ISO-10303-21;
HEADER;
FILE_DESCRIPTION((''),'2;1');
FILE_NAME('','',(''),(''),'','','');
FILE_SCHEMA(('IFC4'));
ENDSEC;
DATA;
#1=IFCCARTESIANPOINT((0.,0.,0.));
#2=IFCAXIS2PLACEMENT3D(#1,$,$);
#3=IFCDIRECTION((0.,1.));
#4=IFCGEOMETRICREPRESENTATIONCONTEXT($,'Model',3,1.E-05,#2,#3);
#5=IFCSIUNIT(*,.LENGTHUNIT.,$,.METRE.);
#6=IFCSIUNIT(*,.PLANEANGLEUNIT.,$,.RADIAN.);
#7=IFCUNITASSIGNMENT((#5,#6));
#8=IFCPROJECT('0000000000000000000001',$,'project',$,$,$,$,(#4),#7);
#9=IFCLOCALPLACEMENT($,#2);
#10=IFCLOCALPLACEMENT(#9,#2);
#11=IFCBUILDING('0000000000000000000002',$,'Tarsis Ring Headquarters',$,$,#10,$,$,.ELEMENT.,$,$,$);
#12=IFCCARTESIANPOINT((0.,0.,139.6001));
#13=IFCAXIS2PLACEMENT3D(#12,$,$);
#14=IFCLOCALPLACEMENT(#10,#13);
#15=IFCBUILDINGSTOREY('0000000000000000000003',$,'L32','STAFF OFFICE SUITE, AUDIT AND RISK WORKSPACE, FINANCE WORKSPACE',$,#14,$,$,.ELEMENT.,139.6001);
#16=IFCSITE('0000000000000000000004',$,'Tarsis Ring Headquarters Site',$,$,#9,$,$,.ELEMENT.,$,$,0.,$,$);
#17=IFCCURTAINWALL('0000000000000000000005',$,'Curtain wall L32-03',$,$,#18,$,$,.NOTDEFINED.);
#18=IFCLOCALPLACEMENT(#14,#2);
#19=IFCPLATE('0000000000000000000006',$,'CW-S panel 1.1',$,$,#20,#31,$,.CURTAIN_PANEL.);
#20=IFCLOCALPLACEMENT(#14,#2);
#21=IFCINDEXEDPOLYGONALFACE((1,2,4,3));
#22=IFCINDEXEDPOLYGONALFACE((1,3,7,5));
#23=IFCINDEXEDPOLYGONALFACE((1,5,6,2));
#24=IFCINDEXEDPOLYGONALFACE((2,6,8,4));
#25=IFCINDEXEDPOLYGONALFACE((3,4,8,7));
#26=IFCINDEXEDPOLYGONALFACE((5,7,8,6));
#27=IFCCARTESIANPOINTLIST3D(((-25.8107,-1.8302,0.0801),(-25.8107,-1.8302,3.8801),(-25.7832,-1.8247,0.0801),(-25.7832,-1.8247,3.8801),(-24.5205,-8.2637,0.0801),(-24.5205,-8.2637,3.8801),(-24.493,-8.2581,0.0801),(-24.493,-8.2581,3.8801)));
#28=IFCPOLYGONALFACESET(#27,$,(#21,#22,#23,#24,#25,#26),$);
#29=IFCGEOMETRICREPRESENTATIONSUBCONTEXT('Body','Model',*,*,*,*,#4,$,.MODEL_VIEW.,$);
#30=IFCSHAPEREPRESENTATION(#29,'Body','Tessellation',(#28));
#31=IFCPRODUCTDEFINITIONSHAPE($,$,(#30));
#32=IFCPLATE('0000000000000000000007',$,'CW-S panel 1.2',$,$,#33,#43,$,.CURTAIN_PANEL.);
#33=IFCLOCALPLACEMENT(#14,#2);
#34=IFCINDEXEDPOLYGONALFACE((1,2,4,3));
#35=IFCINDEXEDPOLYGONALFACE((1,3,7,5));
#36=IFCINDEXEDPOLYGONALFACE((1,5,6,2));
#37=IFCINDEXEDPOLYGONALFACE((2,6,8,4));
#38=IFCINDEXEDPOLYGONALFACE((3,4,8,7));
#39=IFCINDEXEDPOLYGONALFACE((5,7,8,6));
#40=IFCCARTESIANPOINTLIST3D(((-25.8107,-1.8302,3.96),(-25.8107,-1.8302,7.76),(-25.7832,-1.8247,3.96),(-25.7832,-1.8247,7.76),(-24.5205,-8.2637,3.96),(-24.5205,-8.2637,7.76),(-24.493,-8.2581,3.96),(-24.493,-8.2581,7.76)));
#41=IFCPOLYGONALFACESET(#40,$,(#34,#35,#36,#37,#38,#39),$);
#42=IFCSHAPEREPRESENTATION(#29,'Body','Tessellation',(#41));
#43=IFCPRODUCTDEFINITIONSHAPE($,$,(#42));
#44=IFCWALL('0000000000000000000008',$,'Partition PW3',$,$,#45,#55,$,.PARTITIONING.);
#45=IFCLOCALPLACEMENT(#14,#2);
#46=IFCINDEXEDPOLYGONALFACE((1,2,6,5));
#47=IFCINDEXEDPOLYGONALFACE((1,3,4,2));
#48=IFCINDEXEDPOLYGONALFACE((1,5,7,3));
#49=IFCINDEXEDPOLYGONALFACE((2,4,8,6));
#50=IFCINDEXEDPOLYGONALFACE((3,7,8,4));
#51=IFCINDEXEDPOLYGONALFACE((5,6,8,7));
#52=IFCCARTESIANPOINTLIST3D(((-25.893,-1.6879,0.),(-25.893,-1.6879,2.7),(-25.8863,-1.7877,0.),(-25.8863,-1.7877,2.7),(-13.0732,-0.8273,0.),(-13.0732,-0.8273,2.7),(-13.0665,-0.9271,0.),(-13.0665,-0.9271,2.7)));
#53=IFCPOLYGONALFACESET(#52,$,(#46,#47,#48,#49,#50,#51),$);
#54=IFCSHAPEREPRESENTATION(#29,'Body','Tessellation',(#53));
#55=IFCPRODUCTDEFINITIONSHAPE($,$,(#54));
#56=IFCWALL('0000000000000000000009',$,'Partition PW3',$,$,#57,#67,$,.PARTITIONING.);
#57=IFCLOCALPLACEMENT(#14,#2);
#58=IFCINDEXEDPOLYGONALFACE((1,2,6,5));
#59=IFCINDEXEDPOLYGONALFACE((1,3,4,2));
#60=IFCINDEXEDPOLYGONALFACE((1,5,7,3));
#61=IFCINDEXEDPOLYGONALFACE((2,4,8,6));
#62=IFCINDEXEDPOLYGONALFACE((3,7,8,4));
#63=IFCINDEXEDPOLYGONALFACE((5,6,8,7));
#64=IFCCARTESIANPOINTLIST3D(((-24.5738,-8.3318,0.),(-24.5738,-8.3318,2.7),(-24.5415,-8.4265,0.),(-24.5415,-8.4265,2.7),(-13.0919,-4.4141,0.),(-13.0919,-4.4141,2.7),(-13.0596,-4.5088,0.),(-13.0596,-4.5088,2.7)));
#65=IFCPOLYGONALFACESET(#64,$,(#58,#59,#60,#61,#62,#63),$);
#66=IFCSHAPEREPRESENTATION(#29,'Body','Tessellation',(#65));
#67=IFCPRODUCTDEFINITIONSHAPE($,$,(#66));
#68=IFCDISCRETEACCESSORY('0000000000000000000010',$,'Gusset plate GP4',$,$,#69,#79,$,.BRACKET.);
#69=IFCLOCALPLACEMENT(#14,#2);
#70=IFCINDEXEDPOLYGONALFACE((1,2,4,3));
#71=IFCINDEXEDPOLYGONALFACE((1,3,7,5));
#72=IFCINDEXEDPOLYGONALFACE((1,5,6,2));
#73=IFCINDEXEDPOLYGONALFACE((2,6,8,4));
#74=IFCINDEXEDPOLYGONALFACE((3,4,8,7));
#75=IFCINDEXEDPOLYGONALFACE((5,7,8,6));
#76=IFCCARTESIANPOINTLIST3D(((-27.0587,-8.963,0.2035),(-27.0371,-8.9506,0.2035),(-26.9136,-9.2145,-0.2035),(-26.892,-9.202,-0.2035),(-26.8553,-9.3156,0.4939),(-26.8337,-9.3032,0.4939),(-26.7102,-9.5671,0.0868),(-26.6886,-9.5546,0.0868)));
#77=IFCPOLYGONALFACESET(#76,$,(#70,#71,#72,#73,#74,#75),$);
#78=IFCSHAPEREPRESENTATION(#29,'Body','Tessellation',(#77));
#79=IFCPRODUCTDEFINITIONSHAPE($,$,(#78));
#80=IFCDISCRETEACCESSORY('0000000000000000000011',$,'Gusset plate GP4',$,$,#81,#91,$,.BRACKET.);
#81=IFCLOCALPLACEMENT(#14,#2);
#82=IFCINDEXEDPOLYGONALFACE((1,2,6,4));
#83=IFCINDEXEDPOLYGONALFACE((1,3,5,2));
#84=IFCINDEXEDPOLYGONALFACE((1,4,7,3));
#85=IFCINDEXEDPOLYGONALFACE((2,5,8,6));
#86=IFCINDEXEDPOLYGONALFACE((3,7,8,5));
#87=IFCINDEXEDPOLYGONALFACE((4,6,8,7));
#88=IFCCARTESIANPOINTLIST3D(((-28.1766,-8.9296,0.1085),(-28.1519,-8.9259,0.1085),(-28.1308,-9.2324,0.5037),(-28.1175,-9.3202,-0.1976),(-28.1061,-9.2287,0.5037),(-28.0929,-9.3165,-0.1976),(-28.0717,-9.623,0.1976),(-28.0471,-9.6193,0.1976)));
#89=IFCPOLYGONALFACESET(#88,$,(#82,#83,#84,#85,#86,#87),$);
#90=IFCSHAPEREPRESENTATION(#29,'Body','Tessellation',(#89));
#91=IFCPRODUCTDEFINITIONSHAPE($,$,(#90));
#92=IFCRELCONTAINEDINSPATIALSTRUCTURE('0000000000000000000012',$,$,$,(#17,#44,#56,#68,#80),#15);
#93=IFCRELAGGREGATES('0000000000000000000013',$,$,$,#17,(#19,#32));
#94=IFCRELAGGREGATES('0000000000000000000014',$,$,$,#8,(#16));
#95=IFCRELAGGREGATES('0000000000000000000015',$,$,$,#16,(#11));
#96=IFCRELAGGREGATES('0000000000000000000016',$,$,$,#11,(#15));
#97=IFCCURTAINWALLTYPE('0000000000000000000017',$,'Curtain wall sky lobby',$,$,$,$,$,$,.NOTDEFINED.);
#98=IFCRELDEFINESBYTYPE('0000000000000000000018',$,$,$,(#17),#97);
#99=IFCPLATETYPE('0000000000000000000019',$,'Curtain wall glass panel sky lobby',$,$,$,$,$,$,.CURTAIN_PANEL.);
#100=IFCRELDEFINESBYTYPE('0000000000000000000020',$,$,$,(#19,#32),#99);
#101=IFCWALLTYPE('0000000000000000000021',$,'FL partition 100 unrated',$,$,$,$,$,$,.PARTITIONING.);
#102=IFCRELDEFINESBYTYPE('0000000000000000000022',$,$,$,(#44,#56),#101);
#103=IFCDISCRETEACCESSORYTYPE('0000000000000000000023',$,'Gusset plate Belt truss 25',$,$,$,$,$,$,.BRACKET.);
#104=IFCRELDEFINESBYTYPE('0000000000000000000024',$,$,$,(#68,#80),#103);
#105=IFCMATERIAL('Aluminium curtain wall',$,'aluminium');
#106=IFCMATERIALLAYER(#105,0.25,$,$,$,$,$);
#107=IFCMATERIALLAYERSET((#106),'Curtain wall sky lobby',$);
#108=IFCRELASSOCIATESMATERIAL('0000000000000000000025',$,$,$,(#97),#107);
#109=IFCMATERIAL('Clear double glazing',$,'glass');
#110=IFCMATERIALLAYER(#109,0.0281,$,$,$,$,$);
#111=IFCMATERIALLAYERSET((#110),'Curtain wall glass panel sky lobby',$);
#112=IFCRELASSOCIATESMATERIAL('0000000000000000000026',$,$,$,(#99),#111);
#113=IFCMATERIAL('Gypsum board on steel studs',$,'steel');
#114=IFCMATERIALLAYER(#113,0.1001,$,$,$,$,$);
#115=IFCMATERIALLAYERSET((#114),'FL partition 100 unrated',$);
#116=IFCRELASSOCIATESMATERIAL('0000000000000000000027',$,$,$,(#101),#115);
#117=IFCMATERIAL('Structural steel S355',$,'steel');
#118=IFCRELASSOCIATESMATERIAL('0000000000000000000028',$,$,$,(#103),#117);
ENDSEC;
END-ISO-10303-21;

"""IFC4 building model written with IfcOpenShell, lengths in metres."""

from ifc_helpers import new_model, si_unit, direction, frame, frame_2d, origin, origin_2d, place, context, subcontext, project, spatial, rectangle, extrude, material, layer, layer_set, material_profile, profile_set, type_object, element, aggregate, save


model = new_model("IFC4")

# Units and contexts
model_context = context("Model", 3, precision=1e-05, world=origin(), true_north=direction((0.0, 1.0)))
body_context = subcontext(model_context, "Body", "Model", "MODEL_VIEW")
ifc_project = project(units=[si_unit("LENGTHUNIT", "METRE"), si_unit("PLANEANGLEUNIT", "RADIAN")], contexts=[model_context])

# Site, building, storey
site_placement = place(None, origin())
site = spatial("IfcSite", under=ifc_project, at=site_placement, Name="Tarsis Ring Headquarters Site", CompositionType="ELEMENT", RefElevation=0.0)
building_placement = place(site_placement, origin())
building = spatial("IfcBuilding", under=site, at=building_placement, Name="Tarsis Ring Headquarters", CompositionType="ELEMENT")
storey_placement = place(building_placement, frame((0.0, 0.0, 139.6001)))
storey = spatial("IfcBuildingStorey", under=building, at=storey_placement, Name="L32", Description="STAFF OFFICE SUITE, AUDIT AND RISK WORKSPACE, FINANCE WORKSPACE", CompositionType="ELEMENT", Elevation=139.6001)

# Shared definitions
ifc_material_1 = material(Name="Structural steel S355", Category="steel")

# Shared definitions
ifc_material_2 = material(Name="Aluminium curtain wall", Category="aluminium")
ifc_layer_1 = layer(ifc_material_2, 0.25)
ifc_layer_set_1 = layer_set([ifc_layer_1], Name="Curtain wall sky lobby")
curtain_wall_type = type_object("IfcCurtainWallType", Name="Curtain wall sky lobby", PredefinedType="NOTDEFINED", material=ifc_layer_set_1)

# Curtain wall
curtain_wall_1_placement = place(storey_placement, origin())
curtain_wall_1 = element("IfcCurtainWall", 1, at=curtain_wall_1_placement, inside=storey, type_object=curtain_wall_type, Name="Curtain wall L32-03", PredefinedType="NOTDEFINED")

# Plates
ifc_material_3 = material(Name="Clear double glazing", Category="glass")
ifc_layer_2 = layer(ifc_material_3, 0.0281)
ifc_layer_set_2 = layer_set([ifc_layer_2], Name="Curtain wall glass panel sky lobby")
plate_type = type_object("IfcPlateType", Name="Curtain wall glass panel sky lobby", PredefinedType="CURTAIN_PANEL", material=ifc_layer_set_2)
plate_1_placement = place(storey_placement, frame((-25.1519, -5.0442, 0.0801), z_axis=(0.0, 0.0, 1.0), x_axis=(0.196631, -0.980478, 0.0)))
plate_1 = element("IfcPlate", 2, at=plate_1_placement, type_object=plate_type, Name="CW-S panel 1.1", PredefinedType="CURTAIN_PANEL", context=body_context, shape_type="SweptSolid", body=[
    extrude(rectangle(XDim=6.5615, YDim=0.0281, at=origin_2d()), origin(), (0.0, 0.0, 1.0), 3.8),
])
plate_2_placement = place(storey_placement, frame((-25.1519, -5.0442, 3.96), z_axis=(0.0, 0.0, 1.0), x_axis=(0.196631, -0.980478, 0.0)))
plate_2 = element("IfcPlate", 3, at=plate_2_placement, type_object=plate_type, Name="CW-S panel 1.2", PredefinedType="CURTAIN_PANEL", context=body_context, shape_type="SweptSolid", body=[
    extrude(rectangle(XDim=6.5615, YDim=0.0281, at=origin_2d()), origin(), (0.0, 0.0, 1.0), 3.8),
])
aggregate(curtain_wall_1, [plate_1, plate_2])

# Walls
ifc_material_4 = material(Name="Gypsum board on steel studs", Category="steel")
ifc_layer_3 = layer(ifc_material_4, 0.1001)
ifc_layer_set_3 = layer_set([ifc_layer_3], Name="FL partition 100 unrated")
wall_type = type_object("IfcWallType", Name="FL partition 100 unrated", PredefinedType="PARTITIONING", material=ifc_layer_set_3)
wall_1_placement = place(storey_placement, frame((-25.8896, -1.7378, 0.0), z_axis=(0.0, 0.0, 1.0), x_axis=(0.997754, 0.066979, 0.0)))
element("IfcWall", 4, at=wall_1_placement, inside=storey, type_object=wall_type, Name="Partition PW3", PredefinedType="PARTITIONING", context=body_context, shape_type="SweptSolid", body=[
    extrude(rectangle(XDim=12.8486, YDim=0.1001, at=frame_2d((6.4243, 0.0))), origin(), (0.0, 0.0, 1.0), 2.7),
])
wall_2_placement = place(storey_placement, frame((-24.5576, -8.3792, 0.0), z_axis=(0.0, 0.0, 1.0), x_axis=(0.946424, 0.322927, 0.0)))
element("IfcWall", 5, at=wall_2_placement, inside=storey, type_object=wall_type, Name="Partition PW3", PredefinedType="PARTITIONING", context=body_context, shape_type="SweptSolid", body=[
    extrude(rectangle(XDim=12.1318, YDim=0.1001, at=frame_2d((6.0659, 0.0))), origin(), (0.0, 0.0, 1.0), 2.7),
])

# Discrete accessories
ifc_material_profile_1 = material_profile(ifc_material_1, rectangle(XDim=0.0249, YDim=0.5, at=origin_2d()), Name="PL 25x500")
ifc_profile_set_1 = profile_set([ifc_material_profile_1], Name="Structural steel S355")
discrete_accessory_type = type_object("IfcDiscreteAccessoryType", Name="Gusset plate Belt truss 25", PredefinedType="BRACKET", material=ifc_profile_set_1)
discrete_accessory_1_placement = place(storey_placement, frame((-26.9753, -9.0825, 0.0), z_axis=(0.406814, -0.705209, 0.580674), x_axis=(0.866206, 0.499688, 0.0)))
element("IfcDiscreteAccessory", 6, at=discrete_accessory_1_placement, inside=storey, type_object=discrete_accessory_type, Name="Gusset plate GP4", PredefinedType="BRACKET", context=body_context, shape_type="SweptSolid", body=[
    extrude(rectangle(XDim=0.0249, YDim=0.5, at=origin_2d()), origin(), (0.0, 0.0, 1.0), 0.5),
])
discrete_accessory_2_placement = place(storey_placement, frame((-28.0823, -9.4697, 0.0), z_axis=(-0.11821, 0.78155, 0.61254), x_axis=(-0.988754, -0.149549, 0.0)))
element("IfcDiscreteAccessory", 7, at=discrete_accessory_2_placement, inside=storey, type_object=discrete_accessory_type, Name="Gusset plate GP4", PredefinedType="BRACKET", context=body_context, shape_type="SweptSolid", body=[
    extrude(rectangle(XDim=0.0249, YDim=0.5, at=origin_2d()), origin(), (0.0, 0.0, 1.0), 0.4998),
])

save(model, "model.ifc")
